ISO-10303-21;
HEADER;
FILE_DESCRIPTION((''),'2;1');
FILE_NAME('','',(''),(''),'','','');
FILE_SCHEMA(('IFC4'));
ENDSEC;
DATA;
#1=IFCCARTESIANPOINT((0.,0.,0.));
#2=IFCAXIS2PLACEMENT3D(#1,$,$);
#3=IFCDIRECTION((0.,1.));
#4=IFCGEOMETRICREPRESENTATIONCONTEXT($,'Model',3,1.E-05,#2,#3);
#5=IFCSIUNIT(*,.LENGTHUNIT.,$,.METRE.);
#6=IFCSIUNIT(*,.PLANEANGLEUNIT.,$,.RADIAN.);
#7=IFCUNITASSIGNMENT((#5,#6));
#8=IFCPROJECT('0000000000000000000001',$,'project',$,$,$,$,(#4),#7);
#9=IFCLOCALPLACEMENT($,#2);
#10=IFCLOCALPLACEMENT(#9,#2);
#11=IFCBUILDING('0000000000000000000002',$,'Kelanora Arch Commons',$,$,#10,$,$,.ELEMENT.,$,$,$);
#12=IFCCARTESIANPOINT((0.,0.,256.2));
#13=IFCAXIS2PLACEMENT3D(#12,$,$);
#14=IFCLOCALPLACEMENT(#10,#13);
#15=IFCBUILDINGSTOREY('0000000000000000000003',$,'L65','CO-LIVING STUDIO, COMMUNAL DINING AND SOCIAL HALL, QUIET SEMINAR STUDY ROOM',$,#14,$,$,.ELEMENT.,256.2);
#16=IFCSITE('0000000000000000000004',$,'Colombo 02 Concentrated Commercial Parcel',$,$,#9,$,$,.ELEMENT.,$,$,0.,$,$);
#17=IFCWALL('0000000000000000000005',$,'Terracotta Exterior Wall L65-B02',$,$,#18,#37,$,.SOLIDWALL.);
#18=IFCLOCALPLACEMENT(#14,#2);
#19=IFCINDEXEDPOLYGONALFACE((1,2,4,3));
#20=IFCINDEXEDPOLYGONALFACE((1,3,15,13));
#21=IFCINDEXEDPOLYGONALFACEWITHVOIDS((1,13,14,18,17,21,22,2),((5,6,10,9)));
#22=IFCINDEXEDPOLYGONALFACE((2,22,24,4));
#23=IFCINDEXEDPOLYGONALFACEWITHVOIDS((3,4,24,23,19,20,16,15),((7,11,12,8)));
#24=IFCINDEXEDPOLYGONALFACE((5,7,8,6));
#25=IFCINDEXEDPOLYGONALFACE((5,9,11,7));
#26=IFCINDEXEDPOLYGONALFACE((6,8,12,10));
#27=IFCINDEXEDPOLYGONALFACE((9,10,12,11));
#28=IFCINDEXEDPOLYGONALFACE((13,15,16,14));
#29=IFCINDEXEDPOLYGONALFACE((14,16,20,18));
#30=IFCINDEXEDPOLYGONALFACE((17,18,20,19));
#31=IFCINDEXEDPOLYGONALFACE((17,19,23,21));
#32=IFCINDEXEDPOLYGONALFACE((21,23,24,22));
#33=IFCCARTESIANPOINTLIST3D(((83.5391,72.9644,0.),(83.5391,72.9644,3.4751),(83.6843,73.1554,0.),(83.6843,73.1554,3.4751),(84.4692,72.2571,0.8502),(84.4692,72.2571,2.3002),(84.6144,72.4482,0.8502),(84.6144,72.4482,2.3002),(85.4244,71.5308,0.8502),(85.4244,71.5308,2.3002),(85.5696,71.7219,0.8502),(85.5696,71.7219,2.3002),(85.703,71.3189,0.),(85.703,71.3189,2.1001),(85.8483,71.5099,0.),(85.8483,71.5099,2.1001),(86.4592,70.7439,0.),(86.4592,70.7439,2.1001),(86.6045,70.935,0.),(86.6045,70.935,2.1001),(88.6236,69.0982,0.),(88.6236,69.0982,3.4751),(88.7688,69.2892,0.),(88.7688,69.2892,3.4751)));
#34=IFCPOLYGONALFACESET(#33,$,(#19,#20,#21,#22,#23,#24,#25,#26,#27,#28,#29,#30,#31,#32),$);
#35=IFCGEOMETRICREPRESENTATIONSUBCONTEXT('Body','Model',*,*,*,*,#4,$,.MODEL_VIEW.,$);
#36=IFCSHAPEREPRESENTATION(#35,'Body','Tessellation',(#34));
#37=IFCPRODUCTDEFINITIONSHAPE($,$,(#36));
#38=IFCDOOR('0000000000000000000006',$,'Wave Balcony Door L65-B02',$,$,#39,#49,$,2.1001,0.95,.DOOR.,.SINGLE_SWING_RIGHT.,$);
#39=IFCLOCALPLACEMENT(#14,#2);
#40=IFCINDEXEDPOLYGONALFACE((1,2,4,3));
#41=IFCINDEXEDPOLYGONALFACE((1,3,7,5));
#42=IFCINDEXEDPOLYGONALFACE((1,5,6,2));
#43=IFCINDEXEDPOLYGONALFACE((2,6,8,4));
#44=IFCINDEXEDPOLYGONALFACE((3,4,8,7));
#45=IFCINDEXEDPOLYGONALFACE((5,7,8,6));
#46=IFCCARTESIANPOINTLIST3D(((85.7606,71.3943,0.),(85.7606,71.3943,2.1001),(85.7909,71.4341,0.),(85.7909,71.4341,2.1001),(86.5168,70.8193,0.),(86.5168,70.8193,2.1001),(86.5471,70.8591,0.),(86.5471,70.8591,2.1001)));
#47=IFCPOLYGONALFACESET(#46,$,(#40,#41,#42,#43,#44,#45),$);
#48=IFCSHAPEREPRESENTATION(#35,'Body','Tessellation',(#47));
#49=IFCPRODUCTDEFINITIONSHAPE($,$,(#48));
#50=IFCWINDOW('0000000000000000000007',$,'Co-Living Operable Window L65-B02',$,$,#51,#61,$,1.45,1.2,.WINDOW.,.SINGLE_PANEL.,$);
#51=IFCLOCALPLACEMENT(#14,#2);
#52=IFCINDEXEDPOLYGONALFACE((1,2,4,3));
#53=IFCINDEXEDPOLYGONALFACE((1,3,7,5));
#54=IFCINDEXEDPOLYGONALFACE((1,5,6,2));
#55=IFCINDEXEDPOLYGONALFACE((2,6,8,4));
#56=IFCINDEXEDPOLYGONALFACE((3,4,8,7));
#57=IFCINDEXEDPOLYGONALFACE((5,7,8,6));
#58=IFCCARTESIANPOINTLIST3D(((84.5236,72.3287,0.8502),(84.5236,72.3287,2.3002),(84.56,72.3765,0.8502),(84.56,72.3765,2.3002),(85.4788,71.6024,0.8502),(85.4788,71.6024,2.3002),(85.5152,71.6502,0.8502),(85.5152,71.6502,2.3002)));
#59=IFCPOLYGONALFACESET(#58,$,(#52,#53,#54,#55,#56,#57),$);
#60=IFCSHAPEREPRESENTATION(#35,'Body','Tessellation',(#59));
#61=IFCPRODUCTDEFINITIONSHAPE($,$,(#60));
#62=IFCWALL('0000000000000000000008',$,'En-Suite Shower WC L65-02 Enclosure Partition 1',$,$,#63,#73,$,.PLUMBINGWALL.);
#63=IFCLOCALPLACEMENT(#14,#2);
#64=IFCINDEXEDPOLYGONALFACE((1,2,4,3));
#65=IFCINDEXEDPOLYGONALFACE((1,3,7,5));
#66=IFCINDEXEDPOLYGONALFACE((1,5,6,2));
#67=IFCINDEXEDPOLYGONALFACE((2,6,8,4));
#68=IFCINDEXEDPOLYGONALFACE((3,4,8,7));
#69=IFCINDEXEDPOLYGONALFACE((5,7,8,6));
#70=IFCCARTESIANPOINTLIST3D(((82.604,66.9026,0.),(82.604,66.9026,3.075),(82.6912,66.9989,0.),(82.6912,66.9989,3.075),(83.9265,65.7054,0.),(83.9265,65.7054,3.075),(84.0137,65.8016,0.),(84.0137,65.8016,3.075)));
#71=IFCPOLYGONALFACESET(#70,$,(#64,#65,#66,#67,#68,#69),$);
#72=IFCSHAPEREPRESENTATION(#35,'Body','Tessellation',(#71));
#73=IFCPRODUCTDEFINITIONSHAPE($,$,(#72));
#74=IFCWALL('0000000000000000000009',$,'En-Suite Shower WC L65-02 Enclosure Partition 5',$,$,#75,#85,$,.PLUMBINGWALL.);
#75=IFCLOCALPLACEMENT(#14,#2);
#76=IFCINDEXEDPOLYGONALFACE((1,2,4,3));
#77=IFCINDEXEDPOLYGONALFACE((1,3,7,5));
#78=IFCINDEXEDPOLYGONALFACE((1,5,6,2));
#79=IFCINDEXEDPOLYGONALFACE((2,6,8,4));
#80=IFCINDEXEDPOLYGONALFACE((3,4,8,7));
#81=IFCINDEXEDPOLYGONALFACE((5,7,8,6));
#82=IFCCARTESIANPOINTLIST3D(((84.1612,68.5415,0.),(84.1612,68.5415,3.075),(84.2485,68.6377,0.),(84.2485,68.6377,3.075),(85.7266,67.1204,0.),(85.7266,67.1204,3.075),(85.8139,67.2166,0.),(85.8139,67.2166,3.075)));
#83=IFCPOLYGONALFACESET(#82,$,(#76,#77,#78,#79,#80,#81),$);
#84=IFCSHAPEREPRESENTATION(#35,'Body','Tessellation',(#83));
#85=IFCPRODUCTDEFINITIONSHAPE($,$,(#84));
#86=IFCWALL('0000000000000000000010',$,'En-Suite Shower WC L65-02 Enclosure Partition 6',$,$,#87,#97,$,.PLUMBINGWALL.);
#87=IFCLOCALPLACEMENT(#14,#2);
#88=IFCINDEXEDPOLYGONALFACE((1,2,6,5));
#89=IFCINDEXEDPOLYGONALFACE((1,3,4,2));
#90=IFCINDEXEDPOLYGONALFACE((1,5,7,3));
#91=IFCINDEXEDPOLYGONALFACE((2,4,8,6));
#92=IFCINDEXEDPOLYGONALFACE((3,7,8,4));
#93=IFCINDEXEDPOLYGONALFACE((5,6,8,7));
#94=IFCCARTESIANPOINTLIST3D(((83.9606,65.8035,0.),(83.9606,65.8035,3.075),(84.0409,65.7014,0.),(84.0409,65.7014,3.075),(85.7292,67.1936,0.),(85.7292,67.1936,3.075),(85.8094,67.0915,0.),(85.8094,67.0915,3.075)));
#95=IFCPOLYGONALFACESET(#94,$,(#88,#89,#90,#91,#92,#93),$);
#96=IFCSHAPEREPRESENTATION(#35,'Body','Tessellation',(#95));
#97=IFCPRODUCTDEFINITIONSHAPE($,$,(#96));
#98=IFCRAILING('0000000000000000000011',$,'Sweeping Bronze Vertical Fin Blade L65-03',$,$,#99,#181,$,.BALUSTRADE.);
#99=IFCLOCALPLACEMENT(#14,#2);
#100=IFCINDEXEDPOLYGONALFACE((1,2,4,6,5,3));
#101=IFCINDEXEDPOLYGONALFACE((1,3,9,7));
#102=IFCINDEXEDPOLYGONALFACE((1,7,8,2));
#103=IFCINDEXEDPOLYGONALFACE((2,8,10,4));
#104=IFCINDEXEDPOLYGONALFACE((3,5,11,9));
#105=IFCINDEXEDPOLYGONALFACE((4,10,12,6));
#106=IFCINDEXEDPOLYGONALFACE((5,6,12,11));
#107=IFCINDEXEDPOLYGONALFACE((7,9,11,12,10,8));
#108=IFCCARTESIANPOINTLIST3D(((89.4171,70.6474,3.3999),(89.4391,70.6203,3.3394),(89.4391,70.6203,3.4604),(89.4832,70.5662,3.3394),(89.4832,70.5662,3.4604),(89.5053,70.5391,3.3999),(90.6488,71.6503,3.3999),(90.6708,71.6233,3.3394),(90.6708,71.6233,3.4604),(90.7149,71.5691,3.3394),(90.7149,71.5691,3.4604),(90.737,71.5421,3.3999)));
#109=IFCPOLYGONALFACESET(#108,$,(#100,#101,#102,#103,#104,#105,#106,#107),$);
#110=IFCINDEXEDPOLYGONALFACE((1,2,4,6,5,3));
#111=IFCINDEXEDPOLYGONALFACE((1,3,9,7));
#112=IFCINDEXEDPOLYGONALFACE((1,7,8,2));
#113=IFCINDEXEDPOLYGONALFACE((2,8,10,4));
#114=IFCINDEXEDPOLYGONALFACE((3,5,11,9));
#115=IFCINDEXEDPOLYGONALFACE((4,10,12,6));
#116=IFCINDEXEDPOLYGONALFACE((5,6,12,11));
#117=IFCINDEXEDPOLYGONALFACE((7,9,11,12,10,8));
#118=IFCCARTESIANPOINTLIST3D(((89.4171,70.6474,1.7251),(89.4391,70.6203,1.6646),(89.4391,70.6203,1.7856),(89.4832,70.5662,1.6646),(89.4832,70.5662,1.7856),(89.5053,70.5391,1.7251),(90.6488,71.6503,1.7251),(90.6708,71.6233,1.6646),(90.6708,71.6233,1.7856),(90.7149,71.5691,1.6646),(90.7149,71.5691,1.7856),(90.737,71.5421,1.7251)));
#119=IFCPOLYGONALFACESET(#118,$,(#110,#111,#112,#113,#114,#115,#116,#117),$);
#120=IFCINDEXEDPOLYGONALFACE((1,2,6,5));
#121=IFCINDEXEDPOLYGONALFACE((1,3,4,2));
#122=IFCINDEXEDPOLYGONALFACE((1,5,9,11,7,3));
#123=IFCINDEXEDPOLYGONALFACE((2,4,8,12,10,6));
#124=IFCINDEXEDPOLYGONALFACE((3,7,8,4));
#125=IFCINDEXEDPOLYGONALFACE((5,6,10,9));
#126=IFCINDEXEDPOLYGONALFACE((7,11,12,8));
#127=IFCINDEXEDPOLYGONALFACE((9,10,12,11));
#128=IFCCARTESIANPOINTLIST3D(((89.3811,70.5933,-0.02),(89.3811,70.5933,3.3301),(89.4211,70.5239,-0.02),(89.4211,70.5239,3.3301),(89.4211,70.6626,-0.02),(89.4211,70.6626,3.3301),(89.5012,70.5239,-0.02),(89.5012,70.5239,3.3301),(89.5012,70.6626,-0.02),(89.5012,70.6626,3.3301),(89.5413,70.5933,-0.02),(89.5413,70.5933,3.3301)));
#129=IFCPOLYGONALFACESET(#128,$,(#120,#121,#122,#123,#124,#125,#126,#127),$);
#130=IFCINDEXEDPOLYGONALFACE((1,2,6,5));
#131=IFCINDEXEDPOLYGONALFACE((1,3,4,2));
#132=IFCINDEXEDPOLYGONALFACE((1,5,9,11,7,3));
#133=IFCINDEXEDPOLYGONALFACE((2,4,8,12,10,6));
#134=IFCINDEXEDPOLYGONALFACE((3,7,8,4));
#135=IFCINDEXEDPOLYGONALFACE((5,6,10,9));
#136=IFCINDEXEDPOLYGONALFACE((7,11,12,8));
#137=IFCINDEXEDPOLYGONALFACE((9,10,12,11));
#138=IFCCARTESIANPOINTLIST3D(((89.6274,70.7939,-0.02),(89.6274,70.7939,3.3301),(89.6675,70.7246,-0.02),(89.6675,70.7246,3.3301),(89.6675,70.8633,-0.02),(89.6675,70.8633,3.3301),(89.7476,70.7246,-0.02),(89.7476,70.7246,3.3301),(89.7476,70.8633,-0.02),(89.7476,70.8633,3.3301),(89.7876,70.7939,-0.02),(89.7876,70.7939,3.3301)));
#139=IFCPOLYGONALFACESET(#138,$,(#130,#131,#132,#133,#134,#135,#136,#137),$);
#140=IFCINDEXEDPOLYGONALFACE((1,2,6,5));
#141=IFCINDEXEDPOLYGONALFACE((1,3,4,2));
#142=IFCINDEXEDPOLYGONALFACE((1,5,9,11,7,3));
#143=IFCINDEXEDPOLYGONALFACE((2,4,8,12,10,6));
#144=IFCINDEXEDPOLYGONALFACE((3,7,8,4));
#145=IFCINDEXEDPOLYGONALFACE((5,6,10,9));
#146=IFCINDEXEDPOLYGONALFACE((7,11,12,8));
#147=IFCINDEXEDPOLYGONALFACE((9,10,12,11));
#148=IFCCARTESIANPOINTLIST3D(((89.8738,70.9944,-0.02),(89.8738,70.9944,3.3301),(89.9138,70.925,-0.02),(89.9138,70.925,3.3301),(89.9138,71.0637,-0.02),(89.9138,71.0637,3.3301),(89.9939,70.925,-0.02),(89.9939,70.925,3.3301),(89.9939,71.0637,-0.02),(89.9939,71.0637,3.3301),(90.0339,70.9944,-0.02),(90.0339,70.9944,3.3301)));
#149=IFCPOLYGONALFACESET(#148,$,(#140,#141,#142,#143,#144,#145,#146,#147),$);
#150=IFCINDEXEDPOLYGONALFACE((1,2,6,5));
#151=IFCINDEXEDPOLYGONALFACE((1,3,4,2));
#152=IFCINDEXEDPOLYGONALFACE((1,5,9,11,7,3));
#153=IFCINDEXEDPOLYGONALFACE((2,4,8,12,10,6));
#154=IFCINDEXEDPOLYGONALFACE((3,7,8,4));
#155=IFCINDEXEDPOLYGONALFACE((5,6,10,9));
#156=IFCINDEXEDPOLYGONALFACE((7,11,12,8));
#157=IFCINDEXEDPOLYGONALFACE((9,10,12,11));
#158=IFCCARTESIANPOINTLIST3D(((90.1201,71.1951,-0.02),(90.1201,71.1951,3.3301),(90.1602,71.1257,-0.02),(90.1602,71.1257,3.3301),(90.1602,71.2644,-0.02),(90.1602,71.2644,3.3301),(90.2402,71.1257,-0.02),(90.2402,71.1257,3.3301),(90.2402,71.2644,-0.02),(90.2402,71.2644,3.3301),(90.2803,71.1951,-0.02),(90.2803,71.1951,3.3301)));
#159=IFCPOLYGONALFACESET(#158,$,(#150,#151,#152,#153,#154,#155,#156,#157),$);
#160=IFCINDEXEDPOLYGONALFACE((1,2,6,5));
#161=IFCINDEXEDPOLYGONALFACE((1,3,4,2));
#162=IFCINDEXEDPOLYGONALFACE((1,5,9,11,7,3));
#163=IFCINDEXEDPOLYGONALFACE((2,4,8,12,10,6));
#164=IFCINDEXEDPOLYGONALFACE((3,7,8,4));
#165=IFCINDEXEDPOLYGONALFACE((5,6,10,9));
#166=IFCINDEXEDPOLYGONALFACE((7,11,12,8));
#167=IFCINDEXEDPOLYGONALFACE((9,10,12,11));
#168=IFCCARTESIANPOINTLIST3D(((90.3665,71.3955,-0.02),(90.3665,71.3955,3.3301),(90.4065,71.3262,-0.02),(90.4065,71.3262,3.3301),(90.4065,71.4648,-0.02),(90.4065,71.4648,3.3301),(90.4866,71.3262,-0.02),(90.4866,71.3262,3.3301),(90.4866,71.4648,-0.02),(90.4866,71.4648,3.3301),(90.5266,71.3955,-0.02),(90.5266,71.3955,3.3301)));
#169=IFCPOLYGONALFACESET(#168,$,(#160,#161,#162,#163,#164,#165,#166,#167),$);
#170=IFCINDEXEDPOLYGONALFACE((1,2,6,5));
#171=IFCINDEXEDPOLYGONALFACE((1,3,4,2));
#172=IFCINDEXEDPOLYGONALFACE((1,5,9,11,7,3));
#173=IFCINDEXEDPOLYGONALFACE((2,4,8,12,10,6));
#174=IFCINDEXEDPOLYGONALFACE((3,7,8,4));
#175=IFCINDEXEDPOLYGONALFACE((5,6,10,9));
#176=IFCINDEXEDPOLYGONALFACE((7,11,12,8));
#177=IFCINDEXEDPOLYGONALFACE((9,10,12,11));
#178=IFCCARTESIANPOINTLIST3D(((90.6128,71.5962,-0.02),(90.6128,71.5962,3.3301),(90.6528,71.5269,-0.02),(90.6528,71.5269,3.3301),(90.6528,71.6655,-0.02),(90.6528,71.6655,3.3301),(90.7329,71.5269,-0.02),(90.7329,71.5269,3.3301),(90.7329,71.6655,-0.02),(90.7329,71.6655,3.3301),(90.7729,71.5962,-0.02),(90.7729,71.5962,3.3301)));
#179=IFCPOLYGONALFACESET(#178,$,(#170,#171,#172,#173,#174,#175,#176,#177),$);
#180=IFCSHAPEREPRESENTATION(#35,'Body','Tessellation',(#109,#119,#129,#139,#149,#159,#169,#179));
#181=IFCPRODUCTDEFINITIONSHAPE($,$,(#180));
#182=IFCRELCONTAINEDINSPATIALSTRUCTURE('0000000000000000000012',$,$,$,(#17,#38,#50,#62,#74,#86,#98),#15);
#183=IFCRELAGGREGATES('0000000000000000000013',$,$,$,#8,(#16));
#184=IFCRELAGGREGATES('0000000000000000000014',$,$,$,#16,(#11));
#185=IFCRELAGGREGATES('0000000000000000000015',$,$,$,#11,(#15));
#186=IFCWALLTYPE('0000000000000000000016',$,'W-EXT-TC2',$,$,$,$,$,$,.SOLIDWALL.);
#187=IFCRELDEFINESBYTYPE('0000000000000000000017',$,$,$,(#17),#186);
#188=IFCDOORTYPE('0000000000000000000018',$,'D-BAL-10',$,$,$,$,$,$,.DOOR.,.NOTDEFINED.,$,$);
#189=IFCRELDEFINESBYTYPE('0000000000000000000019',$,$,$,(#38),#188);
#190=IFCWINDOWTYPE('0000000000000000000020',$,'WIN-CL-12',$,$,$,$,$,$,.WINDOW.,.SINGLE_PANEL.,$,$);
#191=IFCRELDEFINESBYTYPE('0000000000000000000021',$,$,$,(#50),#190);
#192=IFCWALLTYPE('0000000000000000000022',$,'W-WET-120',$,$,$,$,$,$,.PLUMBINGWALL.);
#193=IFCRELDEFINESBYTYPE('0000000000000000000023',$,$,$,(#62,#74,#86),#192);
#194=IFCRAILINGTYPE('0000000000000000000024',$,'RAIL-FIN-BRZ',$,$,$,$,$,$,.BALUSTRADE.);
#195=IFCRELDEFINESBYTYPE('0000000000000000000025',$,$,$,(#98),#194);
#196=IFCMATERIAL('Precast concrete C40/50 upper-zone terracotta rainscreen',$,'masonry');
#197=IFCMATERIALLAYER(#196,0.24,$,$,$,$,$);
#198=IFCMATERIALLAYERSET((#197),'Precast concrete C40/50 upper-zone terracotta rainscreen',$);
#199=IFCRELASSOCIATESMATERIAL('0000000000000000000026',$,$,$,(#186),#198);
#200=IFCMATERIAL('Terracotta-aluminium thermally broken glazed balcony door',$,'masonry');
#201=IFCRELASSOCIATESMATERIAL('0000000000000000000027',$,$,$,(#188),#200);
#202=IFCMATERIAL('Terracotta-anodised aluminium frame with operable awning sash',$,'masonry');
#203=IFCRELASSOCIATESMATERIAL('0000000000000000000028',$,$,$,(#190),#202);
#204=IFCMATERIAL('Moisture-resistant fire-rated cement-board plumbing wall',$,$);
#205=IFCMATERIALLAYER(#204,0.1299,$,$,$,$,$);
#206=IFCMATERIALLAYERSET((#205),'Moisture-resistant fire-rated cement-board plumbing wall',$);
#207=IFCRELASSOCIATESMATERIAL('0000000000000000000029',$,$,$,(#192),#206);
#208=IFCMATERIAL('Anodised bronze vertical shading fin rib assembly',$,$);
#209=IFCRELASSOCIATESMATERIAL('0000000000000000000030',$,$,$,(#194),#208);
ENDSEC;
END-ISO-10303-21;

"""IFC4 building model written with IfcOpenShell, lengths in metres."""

from ifc_helpers import new_model, si_unit, direction, frame, frame_2d, origin, place, context, subcontext, project, spatial, polyline, rectangle, outline, extrude, material, layer, layer_set, type_object, element, fill, save


model = new_model("IFC4")

# Units and contexts
model_context = context("Model", 3, precision=1e-05, world=origin(), true_north=direction((0.0, 1.0)))
body_context = subcontext(model_context, "Body", "Model", "MODEL_VIEW")
ifc_project = project(units=[si_unit("LENGTHUNIT", "METRE"), si_unit("PLANEANGLEUNIT", "RADIAN")], contexts=[model_context])

# Site, building, storey
site_placement = place(None, origin())
site = spatial("IfcSite", under=ifc_project, at=site_placement, Name="Colombo 02 Concentrated Commercial Parcel", CompositionType="ELEMENT", RefElevation=0.0)
building_placement = place(site_placement, origin())
building = spatial("IfcBuilding", under=site, at=building_placement, Name="Kelanora Arch Commons", CompositionType="ELEMENT")
storey_placement = place(building_placement, frame((0.0, 0.0, 256.2)))
storey = spatial("IfcBuildingStorey", under=building, at=storey_placement, Name="L65", Description="CO-LIVING STUDIO, COMMUNAL DINING AND SOCIAL HALL, QUIET SEMINAR STUDY ROOM", CompositionType="ELEMENT", Elevation=256.2)

# Wall, openings, door, window
ifc_material_1 = material(Name="Precast concrete C40/50 upper-zone terracotta rainscreen", Category="masonry")
ifc_layer_1 = layer(ifc_material_1, 0.24)
ifc_layer_set_1 = layer_set([ifc_layer_1], Name="Precast concrete C40/50 upper-zone terracotta rainscreen")
wall_type_1 = type_object("IfcWallType", Name="W-EXT-TC2", PredefinedType="SOLIDWALL", material=ifc_layer_set_1)
ifc_material_2 = material(Name="Terracotta-aluminium thermally broken glazed balcony door", Category="masonry")
door_type = type_object("IfcDoorType", Name="D-BAL-10", OperationType="NOTDEFINED", PredefinedType="DOOR", material=ifc_material_2)
ifc_material_3 = material(Name="Terracotta-anodised aluminium frame with operable awning sash", Category="masonry")
window_type = type_object("IfcWindowType", Name="WIN-CL-12", PartitioningType="SINGLE_PANEL", PredefinedType="WINDOW", material=ifc_material_3)
wall_1_placement = place(storey_placement, frame((88.6963, 69.1936, 0.0), z_axis=(0.0, 0.0, 1.0), x_axis=(-0.79601, 0.605283, 0.0)))
wall_1 = element("IfcWall", 1, at=wall_1_placement, inside=storey, type_object=wall_type_1, Name="Terracotta Exterior Wall L65-B02", PredefinedType="SOLIDWALL", context=body_context, shape_type="SweptSolid", body=[
    extrude(rectangle(XDim=6.3875, YDim=0.24, at=frame_2d((3.1938, 0.0))), origin(), (0.0, 0.0, 1.0), 3.4751),
])
opening_1_placement = place(wall_1_placement, frame((2.719, 0.0, 0.0)))
opening_1 = element("IfcOpeningElement", 2, at=opening_1_placement, cuts=wall_1, PredefinedType="OPENING", context=body_context, shape_type="SweptSolid", body=[
    extrude(rectangle(XDim=0.95, YDim=2.1001, at=frame_2d((0.4751, 1.05))), frame((0.0, 0.1299, 0.0), z_axis=(0.0, -1.0, 0.0), x_axis=(1.0, 0.0, 0.0)), (0.0, 0.0, 1.0), 0.26),
])
opening_2_placement = place(wall_1_placement, frame((4.019, 0.0, 0.8501)))
opening_2 = element("IfcOpeningElement", 3, at=opening_2_placement, cuts=wall_1, PredefinedType="OPENING", context=body_context, shape_type="SweptSolid", body=[
    extrude(rectangle(XDim=1.2, YDim=1.45, at=frame_2d((0.6001, 0.7251))), frame((0.0, 0.1299, 0.0), z_axis=(0.0, -1.0, 0.0), x_axis=(1.0, 0.0, 0.0)), (0.0, 0.0, 1.0), 0.26),
])
door_1_placement = place(opening_1_placement, frame((0.95, 0.0, 0.0), z_axis=(0.0, 0.0, 1.0), x_axis=(-1.0, 0.0, 0.0)))
door_1 = element("IfcDoor", 4, at=door_1_placement, inside=storey, type_object=door_type, Name="Wave Balcony Door L65-B02", OperationType="SINGLE_SWING_RIGHT", OverallHeight=2.1001, OverallWidth=0.95, PredefinedType="DOOR", context=body_context, shape_type="SweptSolid", body=[
    extrude(rectangle(XDim=0.95, YDim=2.1001, at=frame_2d((0.4751, 1.05))), frame((0.0, 0.0249, 0.0), z_axis=(0.0, -1.0, 0.0), x_axis=(1.0, 0.0, 0.0)), (0.0, 0.0, 1.0), 0.05),
])
fill(opening_1, door_1)
window_1_placement = place(opening_2_placement, origin())
window_1 = element("IfcWindow", 5, at=window_1_placement, inside=storey, type_object=window_type, Name="Co-Living Operable Window L65-B02", OverallHeight=1.45, OverallWidth=1.2, PartitioningType="SINGLE_PANEL", PredefinedType="WINDOW", context=body_context, shape_type="SweptSolid", body=[
    extrude(rectangle(XDim=1.2, YDim=1.45, at=frame_2d((0.6001, 0.7251))), frame((0.0, 0.03, 0.0), z_axis=(0.0, -1.0, 0.0), x_axis=(1.0, 0.0, 0.0)), (0.0, 0.0, 1.0), 0.0601),
])
fill(opening_2, window_1)

# Walls
ifc_material_4 = material(Name="Moisture-resistant fire-rated cement-board plumbing wall")
ifc_layer_2 = layer(ifc_material_4, 0.1299)
ifc_layer_set_2 = layer_set([ifc_layer_2], Name="Moisture-resistant fire-rated cement-board plumbing wall")
wall_type_2 = type_object("IfcWallType", Name="W-WET-120", PredefinedType="PLUMBINGWALL", material=ifc_layer_set_2)
wall_2_placement = place(storey_placement, frame((83.9702, 65.7534, 0.0), z_axis=(0.0, 0.0, 1.0), x_axis=(-0.741338, 0.671132, 0.0)))
element("IfcWall", 6, at=wall_2_placement, inside=storey, type_object=wall_type_2, Name="En-Suite Shower WC L65-02 Enclosure Partition 1", PredefinedType="PLUMBINGWALL", context=body_context, shape_type="SweptSolid", body=[
    extrude(rectangle(XDim=1.7839, YDim=0.1299, at=frame_2d((0.8921, 0.0))), origin(), (0.0, 0.0, 1.0), 3.075),
])
wall_3_placement = place(storey_placement, frame((84.2048, 68.5896, 0.0), z_axis=(0.0, 0.0, 1.0), x_axis=(0.740405, -0.672161, 0.0)))
element("IfcWall", 7, at=wall_3_placement, inside=storey, type_object=wall_type_2, Name="En-Suite Shower WC L65-02 Enclosure Partition 5", PredefinedType="PLUMBINGWALL", context=body_context, shape_type="SweptSolid", body=[
    extrude(rectangle(XDim=2.1143, YDim=0.1299, at=frame_2d((1.0571, 0.0))), origin(), (0.0, 0.0, 1.0), 3.075),
])
wall_4_placement = place(storey_placement, frame((85.7693, 67.1426, 0.0), z_axis=(0.0, 0.0, 1.0), x_axis=(-0.786198, -0.617975, 0.0)))
element("IfcWall", 8, at=wall_4_placement, inside=storey, type_object=wall_type_2, Name="En-Suite Shower WC L65-02 Enclosure Partition 6", PredefinedType="PLUMBINGWALL", context=body_context, shape_type="SweptSolid", body=[
    extrude(rectangle(XDim=2.2495, YDim=0.1299, at=frame_2d((1.1248, 0.0))), origin(), (0.0, 0.0, 1.0), 3.075),
])

# Railing
ifc_material_5 = material(Name="Anodised bronze vertical shading fin rib assembly")
railing_type = type_object("IfcRailingType", Name="RAIL-FIN-BRZ", PredefinedType="BALUSTRADE", material=ifc_material_5)
railing_placement = place(storey_placement, frame((89.4612, 70.5933, -0.02)))
element("IfcRailing", 9, at=railing_placement, inside=storey, type_object=railing_type, Name="Sweeping Bronze Vertical Fin Blade L65-03", PredefinedType="BALUSTRADE", context=body_context, shape_type="SweptSolid", body=[
    extrude(outline(polyline([(0.0698, 0.0), (0.0349, 0.0605), (-0.0349, 0.0605), (-0.0698, 0.0), (-0.0349, -0.0605), (0.0349, -0.0605), (0.0698, 0.0)])), frame((0.0, 0.0, 3.4199), z_axis=(0.775441, 0.63142, 0.0), x_axis=(-0.63142, 0.775441, 0.0)), (0.0, 0.0, 1.0), 1.5884),
    extrude(outline(polyline([(0.0698, 0.0), (0.0349, 0.0605), (-0.0349, 0.0605), (-0.0698, 0.0), (-0.0349, -0.0605), (0.0349, -0.0605), (0.0698, 0.0)])), frame((0.0, 0.0, 1.7451), z_axis=(0.775441, 0.63142, 0.0), x_axis=(-0.63142, 0.775441, 0.0)), (0.0, 0.0, 1.0), 1.5884),
    extrude(outline(polyline([(0.0801, 0.0), (0.04, 0.0693), (-0.04, 0.0693), (-0.0801, 0.0), (-0.04, -0.0693), (0.04, -0.0693), (0.0801, 0.0)])), origin(), (0.0, 0.0, 1.0), 3.3501),
    extrude(outline(polyline([(0.0801, 0.0), (0.04, 0.0693), (-0.04, 0.0693), (-0.0801, 0.0), (-0.04, -0.0693), (0.04, -0.0693), (0.0801, 0.0)])), frame((0.2463, 0.2007, 0.0)), (0.0, 0.0, 1.0), 3.3501),
    extrude(outline(polyline([(0.0801, 0.0), (0.04, 0.0693), (-0.04, 0.0693), (-0.0801, 0.0), (-0.04, -0.0693), (0.04, -0.0693), (0.0801, 0.0)])), frame((0.4927, 0.4011, 0.0)), (0.0, 0.0, 1.0), 3.3501),
    extrude(outline(polyline([(0.0801, 0.0), (0.04, 0.0693), (-0.04, 0.0693), (-0.0801, 0.0), (-0.04, -0.0693), (0.04, -0.0693), (0.0801, 0.0)])), frame((0.739, 0.6018, 0.0)), (0.0, 0.0, 1.0), 3.3501),
    extrude(outline(polyline([(0.0801, 0.0), (0.04, 0.0693), (-0.04, 0.0693), (-0.0801, 0.0), (-0.04, -0.0693), (0.04, -0.0693), (0.0801, 0.0)])), frame((0.9854, 0.8022, 0.0)), (0.0, 0.0, 1.0), 3.3501),
    extrude(outline(polyline([(0.0801, 0.0), (0.04, 0.0693), (-0.04, 0.0693), (-0.0801, 0.0), (-0.04, -0.0693), (0.04, -0.0693), (0.0801, 0.0)])), frame((1.2317, 1.0029, 0.0)), (0.0, 0.0, 1.0), 3.3501),
])

save(model, "model.ifc")
